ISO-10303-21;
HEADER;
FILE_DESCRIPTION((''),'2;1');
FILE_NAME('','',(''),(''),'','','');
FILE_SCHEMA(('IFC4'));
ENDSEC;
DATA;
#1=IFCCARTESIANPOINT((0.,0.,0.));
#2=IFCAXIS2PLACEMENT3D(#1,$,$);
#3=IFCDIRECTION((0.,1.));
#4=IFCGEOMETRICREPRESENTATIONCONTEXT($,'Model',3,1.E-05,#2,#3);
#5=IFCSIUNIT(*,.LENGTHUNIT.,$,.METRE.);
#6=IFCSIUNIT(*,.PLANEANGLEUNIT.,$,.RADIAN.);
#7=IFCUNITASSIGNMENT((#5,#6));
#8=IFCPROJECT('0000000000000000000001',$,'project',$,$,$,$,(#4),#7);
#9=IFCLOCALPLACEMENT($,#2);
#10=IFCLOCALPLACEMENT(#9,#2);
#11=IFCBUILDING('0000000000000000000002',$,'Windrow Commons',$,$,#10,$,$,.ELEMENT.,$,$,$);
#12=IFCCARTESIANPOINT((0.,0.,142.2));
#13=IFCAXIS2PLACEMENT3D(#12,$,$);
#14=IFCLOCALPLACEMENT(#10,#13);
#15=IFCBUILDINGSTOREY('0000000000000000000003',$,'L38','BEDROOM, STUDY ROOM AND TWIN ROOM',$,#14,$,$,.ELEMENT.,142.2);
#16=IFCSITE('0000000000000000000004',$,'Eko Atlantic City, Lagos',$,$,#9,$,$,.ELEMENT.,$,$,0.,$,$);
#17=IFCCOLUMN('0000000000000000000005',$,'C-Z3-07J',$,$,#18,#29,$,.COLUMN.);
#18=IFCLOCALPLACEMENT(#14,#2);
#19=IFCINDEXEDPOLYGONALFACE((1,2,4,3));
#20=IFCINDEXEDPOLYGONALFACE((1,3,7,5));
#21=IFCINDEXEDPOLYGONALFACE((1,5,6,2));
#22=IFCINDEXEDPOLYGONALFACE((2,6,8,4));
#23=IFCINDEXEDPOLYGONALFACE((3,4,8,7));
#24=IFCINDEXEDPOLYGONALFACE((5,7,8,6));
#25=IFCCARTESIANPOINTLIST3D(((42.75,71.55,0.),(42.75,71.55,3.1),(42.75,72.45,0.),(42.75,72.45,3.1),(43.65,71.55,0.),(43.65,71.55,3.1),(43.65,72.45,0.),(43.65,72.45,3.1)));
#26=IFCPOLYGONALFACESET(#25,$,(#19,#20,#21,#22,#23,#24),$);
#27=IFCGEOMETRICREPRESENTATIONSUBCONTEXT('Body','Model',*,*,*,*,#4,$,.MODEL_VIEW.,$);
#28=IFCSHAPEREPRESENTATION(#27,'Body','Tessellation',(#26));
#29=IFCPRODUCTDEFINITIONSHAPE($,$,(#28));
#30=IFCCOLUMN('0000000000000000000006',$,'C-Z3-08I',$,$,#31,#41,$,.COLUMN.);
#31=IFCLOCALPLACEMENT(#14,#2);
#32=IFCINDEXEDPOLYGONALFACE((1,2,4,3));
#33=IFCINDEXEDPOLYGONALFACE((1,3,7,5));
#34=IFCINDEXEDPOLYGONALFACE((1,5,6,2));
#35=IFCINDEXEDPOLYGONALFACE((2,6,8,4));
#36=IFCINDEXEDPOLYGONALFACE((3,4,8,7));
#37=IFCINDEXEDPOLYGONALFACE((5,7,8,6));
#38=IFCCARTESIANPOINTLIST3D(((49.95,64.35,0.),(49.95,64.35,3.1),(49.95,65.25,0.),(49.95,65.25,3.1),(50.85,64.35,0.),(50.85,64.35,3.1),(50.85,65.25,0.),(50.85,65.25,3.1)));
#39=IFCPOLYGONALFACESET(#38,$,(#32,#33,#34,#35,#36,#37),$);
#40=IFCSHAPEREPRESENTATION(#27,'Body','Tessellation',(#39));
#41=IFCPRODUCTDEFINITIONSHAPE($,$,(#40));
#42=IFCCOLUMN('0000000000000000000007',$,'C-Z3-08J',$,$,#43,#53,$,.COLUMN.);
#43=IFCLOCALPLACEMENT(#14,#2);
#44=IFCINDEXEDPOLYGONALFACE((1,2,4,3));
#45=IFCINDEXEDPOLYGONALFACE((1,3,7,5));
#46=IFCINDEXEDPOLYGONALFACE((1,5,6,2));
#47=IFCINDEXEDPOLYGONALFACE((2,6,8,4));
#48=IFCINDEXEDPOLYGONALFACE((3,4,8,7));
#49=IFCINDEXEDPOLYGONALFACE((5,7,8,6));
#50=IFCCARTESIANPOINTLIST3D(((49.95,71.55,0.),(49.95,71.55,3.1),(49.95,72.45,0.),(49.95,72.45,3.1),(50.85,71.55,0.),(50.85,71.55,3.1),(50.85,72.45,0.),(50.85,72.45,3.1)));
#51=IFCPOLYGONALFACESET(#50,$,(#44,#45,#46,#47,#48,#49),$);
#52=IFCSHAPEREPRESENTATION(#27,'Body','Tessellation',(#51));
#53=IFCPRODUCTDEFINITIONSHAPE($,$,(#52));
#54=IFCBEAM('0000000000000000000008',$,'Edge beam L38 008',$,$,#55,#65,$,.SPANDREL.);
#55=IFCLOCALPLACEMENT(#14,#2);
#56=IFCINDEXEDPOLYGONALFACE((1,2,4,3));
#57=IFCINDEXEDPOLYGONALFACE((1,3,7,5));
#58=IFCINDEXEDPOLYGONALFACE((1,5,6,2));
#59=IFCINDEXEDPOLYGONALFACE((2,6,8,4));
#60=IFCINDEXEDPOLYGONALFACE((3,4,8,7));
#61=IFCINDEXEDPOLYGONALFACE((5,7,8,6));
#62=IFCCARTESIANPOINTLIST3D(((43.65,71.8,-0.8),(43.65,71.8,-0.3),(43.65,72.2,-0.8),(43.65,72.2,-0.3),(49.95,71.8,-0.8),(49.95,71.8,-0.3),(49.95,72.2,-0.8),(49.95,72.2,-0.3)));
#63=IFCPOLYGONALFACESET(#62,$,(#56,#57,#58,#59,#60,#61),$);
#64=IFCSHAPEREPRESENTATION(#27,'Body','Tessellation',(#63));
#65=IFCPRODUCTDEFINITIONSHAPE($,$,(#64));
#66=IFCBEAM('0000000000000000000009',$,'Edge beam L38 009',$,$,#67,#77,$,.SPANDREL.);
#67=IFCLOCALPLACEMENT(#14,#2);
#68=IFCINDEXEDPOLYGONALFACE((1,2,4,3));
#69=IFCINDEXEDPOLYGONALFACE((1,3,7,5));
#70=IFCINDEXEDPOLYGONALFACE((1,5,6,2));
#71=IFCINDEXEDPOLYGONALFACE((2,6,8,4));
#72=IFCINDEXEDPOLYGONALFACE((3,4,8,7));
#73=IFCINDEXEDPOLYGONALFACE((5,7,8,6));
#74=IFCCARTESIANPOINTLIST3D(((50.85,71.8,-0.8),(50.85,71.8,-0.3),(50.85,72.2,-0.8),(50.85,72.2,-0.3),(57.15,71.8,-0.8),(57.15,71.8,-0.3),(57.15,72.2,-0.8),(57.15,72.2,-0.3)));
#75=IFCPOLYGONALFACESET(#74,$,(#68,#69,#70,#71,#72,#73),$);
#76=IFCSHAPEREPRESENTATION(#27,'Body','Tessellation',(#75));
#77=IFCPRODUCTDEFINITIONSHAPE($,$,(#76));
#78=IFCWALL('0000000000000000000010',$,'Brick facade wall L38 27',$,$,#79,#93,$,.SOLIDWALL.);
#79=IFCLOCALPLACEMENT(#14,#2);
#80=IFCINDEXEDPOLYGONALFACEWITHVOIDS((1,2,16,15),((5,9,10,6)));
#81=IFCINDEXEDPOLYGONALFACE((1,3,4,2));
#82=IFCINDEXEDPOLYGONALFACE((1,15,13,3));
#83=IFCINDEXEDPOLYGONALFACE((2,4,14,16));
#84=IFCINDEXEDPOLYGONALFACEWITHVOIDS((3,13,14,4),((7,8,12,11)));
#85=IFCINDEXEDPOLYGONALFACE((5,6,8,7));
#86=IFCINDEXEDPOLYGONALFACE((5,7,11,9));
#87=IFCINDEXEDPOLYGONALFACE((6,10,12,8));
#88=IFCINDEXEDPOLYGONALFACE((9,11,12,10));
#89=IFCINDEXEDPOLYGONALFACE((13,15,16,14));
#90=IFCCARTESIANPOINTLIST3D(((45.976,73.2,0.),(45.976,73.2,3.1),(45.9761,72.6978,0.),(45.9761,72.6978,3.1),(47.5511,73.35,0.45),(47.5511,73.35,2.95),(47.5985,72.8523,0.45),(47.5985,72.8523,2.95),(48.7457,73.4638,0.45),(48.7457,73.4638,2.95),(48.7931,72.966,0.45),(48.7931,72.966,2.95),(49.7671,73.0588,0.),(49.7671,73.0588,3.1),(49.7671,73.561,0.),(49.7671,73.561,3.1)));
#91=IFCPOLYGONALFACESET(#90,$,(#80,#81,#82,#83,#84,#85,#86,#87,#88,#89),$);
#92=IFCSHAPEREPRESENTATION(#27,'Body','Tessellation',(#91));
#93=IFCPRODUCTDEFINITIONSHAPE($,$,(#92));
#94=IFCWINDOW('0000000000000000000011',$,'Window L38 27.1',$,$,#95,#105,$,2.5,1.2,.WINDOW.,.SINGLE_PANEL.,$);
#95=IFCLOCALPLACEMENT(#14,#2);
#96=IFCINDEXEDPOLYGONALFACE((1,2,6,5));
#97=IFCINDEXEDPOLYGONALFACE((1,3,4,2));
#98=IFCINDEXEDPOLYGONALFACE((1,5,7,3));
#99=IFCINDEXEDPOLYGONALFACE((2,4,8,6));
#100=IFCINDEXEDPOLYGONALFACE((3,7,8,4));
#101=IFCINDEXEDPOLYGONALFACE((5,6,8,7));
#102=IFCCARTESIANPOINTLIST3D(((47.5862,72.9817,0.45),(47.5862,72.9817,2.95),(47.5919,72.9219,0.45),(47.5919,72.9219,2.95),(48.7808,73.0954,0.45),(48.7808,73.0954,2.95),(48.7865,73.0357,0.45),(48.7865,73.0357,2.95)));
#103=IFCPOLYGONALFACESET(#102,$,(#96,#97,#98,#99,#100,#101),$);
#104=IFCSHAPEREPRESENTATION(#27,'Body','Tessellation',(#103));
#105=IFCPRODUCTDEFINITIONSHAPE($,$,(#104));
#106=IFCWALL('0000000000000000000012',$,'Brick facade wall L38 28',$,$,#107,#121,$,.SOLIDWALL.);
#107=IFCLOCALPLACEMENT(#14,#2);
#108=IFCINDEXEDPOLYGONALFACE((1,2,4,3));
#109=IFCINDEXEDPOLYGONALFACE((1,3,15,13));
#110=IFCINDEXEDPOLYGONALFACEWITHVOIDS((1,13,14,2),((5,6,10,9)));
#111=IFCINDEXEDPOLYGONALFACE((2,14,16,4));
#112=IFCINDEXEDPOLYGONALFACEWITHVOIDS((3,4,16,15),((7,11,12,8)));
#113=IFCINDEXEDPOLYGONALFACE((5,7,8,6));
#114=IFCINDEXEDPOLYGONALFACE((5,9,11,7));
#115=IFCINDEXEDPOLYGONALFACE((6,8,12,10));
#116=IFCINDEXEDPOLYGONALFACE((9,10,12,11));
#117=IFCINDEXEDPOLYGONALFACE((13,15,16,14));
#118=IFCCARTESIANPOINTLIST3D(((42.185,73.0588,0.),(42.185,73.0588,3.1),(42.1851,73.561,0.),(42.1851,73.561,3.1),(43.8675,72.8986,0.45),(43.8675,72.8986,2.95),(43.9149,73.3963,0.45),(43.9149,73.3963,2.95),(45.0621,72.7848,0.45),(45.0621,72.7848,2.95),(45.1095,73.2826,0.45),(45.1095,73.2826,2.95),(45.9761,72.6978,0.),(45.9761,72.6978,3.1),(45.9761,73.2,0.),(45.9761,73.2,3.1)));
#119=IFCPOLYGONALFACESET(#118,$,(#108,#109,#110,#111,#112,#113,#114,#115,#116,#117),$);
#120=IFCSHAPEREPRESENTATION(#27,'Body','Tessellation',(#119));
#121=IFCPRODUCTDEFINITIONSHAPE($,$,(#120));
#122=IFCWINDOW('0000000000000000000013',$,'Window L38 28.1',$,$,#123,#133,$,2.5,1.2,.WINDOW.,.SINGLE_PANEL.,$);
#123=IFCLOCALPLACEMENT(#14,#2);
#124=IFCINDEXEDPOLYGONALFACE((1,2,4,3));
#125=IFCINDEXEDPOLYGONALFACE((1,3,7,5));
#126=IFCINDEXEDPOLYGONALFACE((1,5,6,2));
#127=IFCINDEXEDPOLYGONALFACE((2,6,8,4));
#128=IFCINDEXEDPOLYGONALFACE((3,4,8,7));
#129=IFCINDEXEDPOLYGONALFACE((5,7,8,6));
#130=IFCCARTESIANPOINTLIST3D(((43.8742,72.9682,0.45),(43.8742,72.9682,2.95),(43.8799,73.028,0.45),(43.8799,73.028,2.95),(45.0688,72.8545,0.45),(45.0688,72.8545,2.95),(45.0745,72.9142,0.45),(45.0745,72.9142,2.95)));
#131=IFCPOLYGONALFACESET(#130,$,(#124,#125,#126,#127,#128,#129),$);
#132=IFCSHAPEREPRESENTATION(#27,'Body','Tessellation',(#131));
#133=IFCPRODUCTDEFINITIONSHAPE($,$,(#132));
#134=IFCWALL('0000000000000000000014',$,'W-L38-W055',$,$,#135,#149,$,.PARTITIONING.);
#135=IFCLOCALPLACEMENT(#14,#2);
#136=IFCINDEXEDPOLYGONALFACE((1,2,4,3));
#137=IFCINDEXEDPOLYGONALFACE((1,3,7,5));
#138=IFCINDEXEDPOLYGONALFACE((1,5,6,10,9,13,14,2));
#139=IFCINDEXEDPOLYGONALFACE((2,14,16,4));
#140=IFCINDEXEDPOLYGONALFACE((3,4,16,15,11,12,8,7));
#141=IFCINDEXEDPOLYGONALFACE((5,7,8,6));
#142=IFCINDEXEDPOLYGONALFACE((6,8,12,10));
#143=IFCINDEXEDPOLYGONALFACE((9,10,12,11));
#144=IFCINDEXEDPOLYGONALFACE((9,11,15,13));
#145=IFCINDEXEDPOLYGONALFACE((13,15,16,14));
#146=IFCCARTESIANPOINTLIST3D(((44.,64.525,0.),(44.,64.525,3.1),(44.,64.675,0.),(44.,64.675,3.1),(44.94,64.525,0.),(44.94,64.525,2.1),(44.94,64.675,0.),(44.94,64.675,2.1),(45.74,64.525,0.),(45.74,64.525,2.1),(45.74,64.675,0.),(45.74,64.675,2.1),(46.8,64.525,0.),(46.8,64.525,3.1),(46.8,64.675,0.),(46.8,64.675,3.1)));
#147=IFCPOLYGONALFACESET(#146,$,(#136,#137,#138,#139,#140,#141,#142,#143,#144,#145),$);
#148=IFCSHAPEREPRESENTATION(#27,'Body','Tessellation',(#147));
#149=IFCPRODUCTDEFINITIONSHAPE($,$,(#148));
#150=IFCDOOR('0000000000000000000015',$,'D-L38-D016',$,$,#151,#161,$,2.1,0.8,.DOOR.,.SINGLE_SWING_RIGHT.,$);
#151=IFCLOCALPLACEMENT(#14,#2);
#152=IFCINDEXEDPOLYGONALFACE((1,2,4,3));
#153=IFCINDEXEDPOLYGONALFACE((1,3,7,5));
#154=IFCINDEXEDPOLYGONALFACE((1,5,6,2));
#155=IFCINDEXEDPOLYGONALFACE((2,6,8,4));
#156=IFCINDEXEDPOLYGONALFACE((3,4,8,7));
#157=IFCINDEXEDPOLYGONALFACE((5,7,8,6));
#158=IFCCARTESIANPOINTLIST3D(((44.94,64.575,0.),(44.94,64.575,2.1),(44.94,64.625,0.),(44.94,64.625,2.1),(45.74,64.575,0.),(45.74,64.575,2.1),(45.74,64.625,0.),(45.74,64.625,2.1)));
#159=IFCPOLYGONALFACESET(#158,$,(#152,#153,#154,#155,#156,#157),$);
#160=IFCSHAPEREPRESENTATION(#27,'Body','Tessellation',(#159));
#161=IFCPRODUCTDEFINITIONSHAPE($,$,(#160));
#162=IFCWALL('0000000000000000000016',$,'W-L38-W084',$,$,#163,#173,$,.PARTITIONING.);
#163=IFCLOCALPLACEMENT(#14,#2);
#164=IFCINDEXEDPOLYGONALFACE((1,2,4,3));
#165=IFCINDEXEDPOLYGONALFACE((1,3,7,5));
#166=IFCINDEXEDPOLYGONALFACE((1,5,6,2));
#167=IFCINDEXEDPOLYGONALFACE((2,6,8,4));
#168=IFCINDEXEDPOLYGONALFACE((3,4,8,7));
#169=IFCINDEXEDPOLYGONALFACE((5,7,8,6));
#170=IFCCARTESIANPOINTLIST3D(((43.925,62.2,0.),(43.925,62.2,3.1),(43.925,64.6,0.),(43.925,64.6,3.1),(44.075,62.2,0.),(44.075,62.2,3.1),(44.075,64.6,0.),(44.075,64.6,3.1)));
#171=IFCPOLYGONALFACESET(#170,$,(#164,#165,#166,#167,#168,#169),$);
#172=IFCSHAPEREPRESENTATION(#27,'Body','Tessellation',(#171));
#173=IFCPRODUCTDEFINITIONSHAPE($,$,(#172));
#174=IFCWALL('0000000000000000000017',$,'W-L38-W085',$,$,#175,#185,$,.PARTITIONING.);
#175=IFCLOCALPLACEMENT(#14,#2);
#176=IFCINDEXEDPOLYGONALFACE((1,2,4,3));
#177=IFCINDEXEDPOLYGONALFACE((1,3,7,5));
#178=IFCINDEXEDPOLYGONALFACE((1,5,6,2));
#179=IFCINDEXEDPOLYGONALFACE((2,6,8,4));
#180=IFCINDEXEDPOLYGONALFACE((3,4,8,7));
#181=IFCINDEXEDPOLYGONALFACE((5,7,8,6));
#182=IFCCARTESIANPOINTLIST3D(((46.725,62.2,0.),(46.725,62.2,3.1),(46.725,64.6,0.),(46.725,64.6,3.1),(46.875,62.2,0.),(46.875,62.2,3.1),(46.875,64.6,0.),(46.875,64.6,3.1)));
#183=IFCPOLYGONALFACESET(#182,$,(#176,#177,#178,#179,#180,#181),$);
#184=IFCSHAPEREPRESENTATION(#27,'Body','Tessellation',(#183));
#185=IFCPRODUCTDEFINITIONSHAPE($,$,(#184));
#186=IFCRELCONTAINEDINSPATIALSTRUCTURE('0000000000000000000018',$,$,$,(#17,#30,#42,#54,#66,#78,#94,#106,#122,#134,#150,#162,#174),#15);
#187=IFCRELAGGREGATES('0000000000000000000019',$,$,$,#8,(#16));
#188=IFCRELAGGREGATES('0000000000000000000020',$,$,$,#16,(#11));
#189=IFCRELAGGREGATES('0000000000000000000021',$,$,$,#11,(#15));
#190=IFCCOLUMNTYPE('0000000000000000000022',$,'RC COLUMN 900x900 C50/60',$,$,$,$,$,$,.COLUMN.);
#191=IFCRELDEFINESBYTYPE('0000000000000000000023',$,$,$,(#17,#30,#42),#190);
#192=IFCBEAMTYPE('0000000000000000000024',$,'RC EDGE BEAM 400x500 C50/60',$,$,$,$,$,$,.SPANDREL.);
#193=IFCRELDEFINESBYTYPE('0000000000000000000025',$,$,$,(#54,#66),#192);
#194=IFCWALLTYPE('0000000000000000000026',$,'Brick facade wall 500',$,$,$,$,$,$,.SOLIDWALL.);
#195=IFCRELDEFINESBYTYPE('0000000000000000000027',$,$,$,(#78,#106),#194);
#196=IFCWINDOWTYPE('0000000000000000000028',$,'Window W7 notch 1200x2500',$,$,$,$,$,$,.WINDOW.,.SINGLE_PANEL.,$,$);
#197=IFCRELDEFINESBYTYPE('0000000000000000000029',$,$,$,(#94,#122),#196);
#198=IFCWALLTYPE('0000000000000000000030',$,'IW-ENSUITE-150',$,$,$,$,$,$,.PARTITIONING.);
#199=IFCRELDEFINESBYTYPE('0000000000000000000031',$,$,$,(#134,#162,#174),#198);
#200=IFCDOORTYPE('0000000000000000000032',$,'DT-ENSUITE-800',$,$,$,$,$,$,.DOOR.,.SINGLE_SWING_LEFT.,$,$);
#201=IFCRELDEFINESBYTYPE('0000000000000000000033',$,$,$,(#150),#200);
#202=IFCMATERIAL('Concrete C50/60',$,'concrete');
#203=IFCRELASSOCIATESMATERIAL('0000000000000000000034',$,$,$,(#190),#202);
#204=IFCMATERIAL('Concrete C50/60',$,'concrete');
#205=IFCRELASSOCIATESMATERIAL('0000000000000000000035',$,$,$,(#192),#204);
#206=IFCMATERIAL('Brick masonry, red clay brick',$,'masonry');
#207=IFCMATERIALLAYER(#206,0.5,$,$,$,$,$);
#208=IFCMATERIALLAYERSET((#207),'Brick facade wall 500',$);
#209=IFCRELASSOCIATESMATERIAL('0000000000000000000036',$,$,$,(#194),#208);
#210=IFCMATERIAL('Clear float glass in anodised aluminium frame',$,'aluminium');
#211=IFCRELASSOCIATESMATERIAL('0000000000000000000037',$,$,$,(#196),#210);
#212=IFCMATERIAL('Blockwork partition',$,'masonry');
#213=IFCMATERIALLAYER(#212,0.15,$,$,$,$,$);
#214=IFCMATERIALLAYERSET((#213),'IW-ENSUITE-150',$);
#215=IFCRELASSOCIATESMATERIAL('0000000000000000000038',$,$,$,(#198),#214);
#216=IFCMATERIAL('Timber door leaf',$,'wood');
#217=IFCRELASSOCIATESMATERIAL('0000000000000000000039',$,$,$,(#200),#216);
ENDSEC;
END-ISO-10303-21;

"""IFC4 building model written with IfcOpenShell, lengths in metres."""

from ifc_helpers import new_model, si_unit, direction, frame, frame_2d, origin, origin_2d, place, context, subcontext, project, spatial, polyline, rectangle, outline, extrude, material, layer, layer_set, material_profile, profile_set, type_object, element, fill, save


model = new_model("IFC4")

# Units and contexts
model_context = context("Model", 3, precision=1e-05, world=origin(), true_north=direction((0.0, 1.0)))
body_context = subcontext(model_context, "Body", "Model", "MODEL_VIEW")
ifc_project = project(units=[si_unit("LENGTHUNIT", "METRE"), si_unit("PLANEANGLEUNIT", "RADIAN")], contexts=[model_context])

# Site, building, storey
site_placement = place(None, origin())
site = spatial("IfcSite", under=ifc_project, at=site_placement, Name="Eko Atlantic City, Lagos", CompositionType="ELEMENT", RefElevation=0.0)
building_placement = place(site_placement, origin())
building = spatial("IfcBuilding", under=site, at=building_placement, Name="Windrow Commons", CompositionType="ELEMENT")
storey_placement = place(building_placement, frame((0.0, 0.0, 142.2)))
storey = spatial("IfcBuildingStorey", under=building, at=storey_placement, Name="L38", Description="BEDROOM, STUDY ROOM AND TWIN ROOM", CompositionType="ELEMENT", Elevation=142.2)

# Columns
ifc_material_1 = material(Name="Concrete C50/60", Category="concrete")
ifc_material_profile_1 = material_profile(ifc_material_1, rectangle(XDim=0.9, YDim=0.9, at=origin_2d()))
ifc_profile_set_1 = profile_set([ifc_material_profile_1], Name="Concrete C50/60")
column_type = type_object("IfcColumnType", Name="RC COLUMN 900x900 C50/60", PredefinedType="COLUMN", material=ifc_profile_set_1)
for number, where, z_axis, x_axis, name in (
    (1, (43.2, 72.0, 0.0), (0.0, 0.0, 1.0), (1.0, 0.0, 0.0), "C-Z3-07J"),
    (2, (50.4, 64.8, 0.0), (0.0, 0.0, 1.0), (1.0, 0.0, 0.0), "C-Z3-08I"),
    (3, (50.4, 72.0, 0.0), (0.0, 0.0, 1.0), (1.0, 0.0, 0.0), "C-Z3-08J"),
):
    element("IfcColumn", number, at=place(storey_placement, frame(where, z_axis=z_axis, x_axis=x_axis)), inside=storey, type_object=column_type, Name=name, PredefinedType="COLUMN", context=body_context, shape_type="SweptSolid", body=[
        extrude(rectangle(XDim=0.9, YDim=0.9, at=origin_2d()), origin(), (0.0, 0.0, 1.0), 3.1),
    ])

# Beams
ifc_material_2 = material(Name="Concrete C50/60", Category="concrete")
ifc_material_profile_2 = material_profile(ifc_material_2, rectangle(XDim=0.4, YDim=0.5, at=origin_2d()))
ifc_profile_set_2 = profile_set([ifc_material_profile_2], Name="Concrete C50/60")
beam_type = type_object("IfcBeamType", Name="RC EDGE BEAM 400x500 C50/60", PredefinedType="SPANDREL", material=ifc_profile_set_2)
for number, where, z_axis, x_axis, name in (
    (4, (43.65, 72.0, -0.55), (1.0, 0.0, 0.0), (0.0, 1.0, 0.0), "Edge beam L38 008"),
    (5, (50.85, 72.0, -0.55), (1.0, 0.0, 0.0), (0.0, 1.0, 0.0), "Edge beam L38 009"),
):
    element("IfcBeam", number, at=place(storey_placement, frame(where, z_axis=z_axis, x_axis=x_axis)), inside=storey, type_object=beam_type, Name=name, PredefinedType="SPANDREL", context=body_context, shape_type="SweptSolid", body=[
        extrude(rectangle(XDim=0.4, YDim=0.5, at=origin_2d()), origin(), (0.0, 0.0, 1.0), 6.3),
    ])

# Walls, openings, windows
ifc_material_3 = material(Name="Brick masonry, red clay brick", Category="masonry")
ifc_layer_1 = layer(ifc_material_3, 0.5)
ifc_layer_set_1 = layer_set([ifc_layer_1], Name="Brick facade wall 500")
wall_type_1 = type_object("IfcWallType", Name="Brick facade wall 500", PredefinedType="SOLIDWALL", material=ifc_layer_set_1)
wall_1_placement = place(storey_placement, frame((49.7671, 73.3099, 0.0), z_axis=(0.0, 0.0, 1.0), x_axis=(-0.995497, -0.094797, 0.0)))
wall_1 = element("IfcWall", 6, at=wall_1_placement, inside=storey, type_object=wall_type_1, Name="Brick facade wall L38 27", PredefinedType="SOLIDWALL", context=body_context, shape_type="SweptSolid", body=[
    extrude(outline(polyline([(-0.0238, -0.25), (3.7844, -0.25), (3.832, 0.25), (0.0238, 0.25), (-0.0238, -0.25)])), origin(), (0.0, 0.0, 1.0), 3.1),
])
opening_1_placement = place(wall_1_placement, frame((1.0022, 0.0, 0.45)))
opening_1 = element("IfcOpeningElement", 7, at=opening_1_placement, cuts=wall_1, PredefinedType="OPENING", context=body_context, shape_type="SweptSolid", body=[
    extrude(rectangle(XDim=1.2, YDim=2.5, at=frame_2d((0.6, 1.25))), frame((0.0, 0.26, 0.0), z_axis=(0.0, -1.0, 0.0), x_axis=(1.0, 0.0, 0.0)), (0.0, 0.0, 1.0), 0.52),
])
ifc_material_4 = material(Name="Clear float glass in anodised aluminium frame", Category="aluminium")
window_type = type_object("IfcWindowType", Name="Window W7 notch 1200x2500", PartitioningType="SINGLE_PANEL", PredefinedType="WINDOW", material=ifc_material_4)
window_1_placement = place(opening_1_placement, origin())
window_1 = element("IfcWindow", 8, at=window_1_placement, inside=storey, type_object=window_type, Name="Window L38 27.1", OverallHeight=2.5, OverallWidth=1.2, PartitioningType="SINGLE_PANEL", PredefinedType="WINDOW", context=body_context, shape_type="SweptSolid", body=[
    extrude(rectangle(XDim=1.2, YDim=2.5, at=frame_2d((0.6, 1.25))), frame((0.0, 0.18, 0.0), z_axis=(0.0, -1.0, 0.0), x_axis=(1.0, 0.0, 0.0)), (0.0, 0.0, 1.0), 0.06),
])
fill(opening_1, window_1)
wall_2_placement = place(storey_placement, frame((45.9761, 72.9489, 0.0), z_axis=(0.0, 0.0, 1.0), x_axis=(-0.995497, 0.094797, 0.0)))
wall_2 = element("IfcWall", 9, at=wall_2_placement, inside=storey, type_object=wall_type_1, Name="Brick facade wall L38 28", PredefinedType="SOLIDWALL", context=body_context, shape_type="SweptSolid", body=[
    extrude(outline(polyline([(0.0238, -0.25), (3.832, -0.25), (3.7844, 0.25), (-0.0238, 0.25), (0.0238, -0.25)])), origin(), (0.0, 0.0, 1.0), 3.1),
])
opening_2_placement = place(wall_2_placement, frame((0.8943, 0.0, 0.45)))
opening_2 = element("IfcOpeningElement", 10, at=opening_2_placement, cuts=wall_2, PredefinedType="OPENING", context=body_context, shape_type="SweptSolid", body=[
    extrude(rectangle(XDim=1.2, YDim=2.5, at=frame_2d((0.6, 1.25))), frame((0.0, 0.26, 0.0), z_axis=(0.0, -1.0, 0.0), x_axis=(1.0, 0.0, 0.0)), (0.0, 0.0, 1.0), 0.52),
])
window_2_placement = place(opening_2_placement, origin())
window_2 = element("IfcWindow", 11, at=window_2_placement, inside=storey, type_object=window_type, Name="Window L38 28.1", OverallHeight=2.5, OverallWidth=1.2, PartitioningType="SINGLE_PANEL", PredefinedType="WINDOW", context=body_context, shape_type="SweptSolid", body=[
    extrude(rectangle(XDim=1.2, YDim=2.5, at=frame_2d((0.6, 1.25))), frame((0.0, 0.18, 0.0), z_axis=(0.0, -1.0, 0.0), x_axis=(1.0, 0.0, 0.0)), (0.0, 0.0, 1.0), 0.06),
])
fill(opening_2, window_2)

# Wall, opening, door
ifc_material_5 = material(Name="Blockwork partition", Category="masonry")
ifc_layer_2 = layer(ifc_material_5, 0.15)
ifc_layer_set_2 = layer_set([ifc_layer_2], Name="IW-ENSUITE-150")
wall_type_2 = type_object("IfcWallType", Name="IW-ENSUITE-150", PredefinedType="PARTITIONING", material=ifc_layer_set_2)
wall_3_placement = place(storey_placement, frame((44.0, 64.6, 0.0), z_axis=(0.0, 0.0, 1.0), x_axis=(1.0, 0.0, 0.0)))
wall_3 = element("IfcWall", 12, at=wall_3_placement, inside=storey, type_object=wall_type_2, Name="W-L38-W055", PredefinedType="PARTITIONING", context=body_context, shape_type="SweptSolid", body=[
    extrude(rectangle(XDim=2.8, YDim=0.15, at=frame_2d((1.4, 0.0))), origin(), (0.0, 0.0, 1.0), 3.1),
])
opening_3_placement = place(wall_3_placement, frame((0.94, 0.0, 0.0)))
opening_3 = element("IfcOpeningElement", 13, at=opening_3_placement, cuts=wall_3, PredefinedType="OPENING", context=body_context, shape_type="SweptSolid", body=[
    extrude(rectangle(XDim=0.8, YDim=2.1, at=frame_2d((0.4, 1.05))), frame((0.0, 0.085, 0.0), z_axis=(0.0, -1.0, 0.0), x_axis=(1.0, 0.0, 0.0)), (0.0, 0.0, 1.0), 0.17),
])
ifc_material_6 = material(Name="Timber door leaf", Category="wood")
door_type = type_object("IfcDoorType", Name="DT-ENSUITE-800", OperationType="SINGLE_SWING_LEFT", PredefinedType="DOOR", material=ifc_material_6)
door_placement = place(opening_3_placement, origin())
door = element("IfcDoor", 14, at=door_placement, inside=storey, type_object=door_type, Name="D-L38-D016", OperationType="SINGLE_SWING_RIGHT", OverallHeight=2.1, OverallWidth=0.8, PredefinedType="DOOR", context=body_context, shape_type="SweptSolid", body=[
    extrude(rectangle(XDim=0.8, YDim=2.1, at=frame_2d((0.4, 1.05))), frame((0.0, 0.025, 0.0), z_axis=(0.0, -1.0, 0.0), x_axis=(1.0, 0.0, 0.0)), (0.0, 0.0, 1.0), 0.05),
])
fill(opening_3, door)

# Walls
for number, where, z_axis, x_axis, name in (
    (15, (44.0, 62.2, 0.0), (0.0, 0.0, 1.0), (0.0, 1.0, 0.0), "W-L38-W084"),
    (16, (46.8, 62.2, 0.0), (0.0, 0.0, 1.0), (0.0, 1.0, 0.0), "W-L38-W085"),
):
    element("IfcWall", number, at=place(storey_placement, frame(where, z_axis=z_axis, x_axis=x_axis)), inside=storey, type_object=wall_type_2, Name=name, PredefinedType="PARTITIONING", context=body_context, shape_type="SweptSolid", body=[
        extrude(rectangle(XDim=2.4, YDim=0.15, at=frame_2d((1.2, 0.0))), origin(), (0.0, 0.0, 1.0), 3.1),
    ])

save(model, "model.ifc")
